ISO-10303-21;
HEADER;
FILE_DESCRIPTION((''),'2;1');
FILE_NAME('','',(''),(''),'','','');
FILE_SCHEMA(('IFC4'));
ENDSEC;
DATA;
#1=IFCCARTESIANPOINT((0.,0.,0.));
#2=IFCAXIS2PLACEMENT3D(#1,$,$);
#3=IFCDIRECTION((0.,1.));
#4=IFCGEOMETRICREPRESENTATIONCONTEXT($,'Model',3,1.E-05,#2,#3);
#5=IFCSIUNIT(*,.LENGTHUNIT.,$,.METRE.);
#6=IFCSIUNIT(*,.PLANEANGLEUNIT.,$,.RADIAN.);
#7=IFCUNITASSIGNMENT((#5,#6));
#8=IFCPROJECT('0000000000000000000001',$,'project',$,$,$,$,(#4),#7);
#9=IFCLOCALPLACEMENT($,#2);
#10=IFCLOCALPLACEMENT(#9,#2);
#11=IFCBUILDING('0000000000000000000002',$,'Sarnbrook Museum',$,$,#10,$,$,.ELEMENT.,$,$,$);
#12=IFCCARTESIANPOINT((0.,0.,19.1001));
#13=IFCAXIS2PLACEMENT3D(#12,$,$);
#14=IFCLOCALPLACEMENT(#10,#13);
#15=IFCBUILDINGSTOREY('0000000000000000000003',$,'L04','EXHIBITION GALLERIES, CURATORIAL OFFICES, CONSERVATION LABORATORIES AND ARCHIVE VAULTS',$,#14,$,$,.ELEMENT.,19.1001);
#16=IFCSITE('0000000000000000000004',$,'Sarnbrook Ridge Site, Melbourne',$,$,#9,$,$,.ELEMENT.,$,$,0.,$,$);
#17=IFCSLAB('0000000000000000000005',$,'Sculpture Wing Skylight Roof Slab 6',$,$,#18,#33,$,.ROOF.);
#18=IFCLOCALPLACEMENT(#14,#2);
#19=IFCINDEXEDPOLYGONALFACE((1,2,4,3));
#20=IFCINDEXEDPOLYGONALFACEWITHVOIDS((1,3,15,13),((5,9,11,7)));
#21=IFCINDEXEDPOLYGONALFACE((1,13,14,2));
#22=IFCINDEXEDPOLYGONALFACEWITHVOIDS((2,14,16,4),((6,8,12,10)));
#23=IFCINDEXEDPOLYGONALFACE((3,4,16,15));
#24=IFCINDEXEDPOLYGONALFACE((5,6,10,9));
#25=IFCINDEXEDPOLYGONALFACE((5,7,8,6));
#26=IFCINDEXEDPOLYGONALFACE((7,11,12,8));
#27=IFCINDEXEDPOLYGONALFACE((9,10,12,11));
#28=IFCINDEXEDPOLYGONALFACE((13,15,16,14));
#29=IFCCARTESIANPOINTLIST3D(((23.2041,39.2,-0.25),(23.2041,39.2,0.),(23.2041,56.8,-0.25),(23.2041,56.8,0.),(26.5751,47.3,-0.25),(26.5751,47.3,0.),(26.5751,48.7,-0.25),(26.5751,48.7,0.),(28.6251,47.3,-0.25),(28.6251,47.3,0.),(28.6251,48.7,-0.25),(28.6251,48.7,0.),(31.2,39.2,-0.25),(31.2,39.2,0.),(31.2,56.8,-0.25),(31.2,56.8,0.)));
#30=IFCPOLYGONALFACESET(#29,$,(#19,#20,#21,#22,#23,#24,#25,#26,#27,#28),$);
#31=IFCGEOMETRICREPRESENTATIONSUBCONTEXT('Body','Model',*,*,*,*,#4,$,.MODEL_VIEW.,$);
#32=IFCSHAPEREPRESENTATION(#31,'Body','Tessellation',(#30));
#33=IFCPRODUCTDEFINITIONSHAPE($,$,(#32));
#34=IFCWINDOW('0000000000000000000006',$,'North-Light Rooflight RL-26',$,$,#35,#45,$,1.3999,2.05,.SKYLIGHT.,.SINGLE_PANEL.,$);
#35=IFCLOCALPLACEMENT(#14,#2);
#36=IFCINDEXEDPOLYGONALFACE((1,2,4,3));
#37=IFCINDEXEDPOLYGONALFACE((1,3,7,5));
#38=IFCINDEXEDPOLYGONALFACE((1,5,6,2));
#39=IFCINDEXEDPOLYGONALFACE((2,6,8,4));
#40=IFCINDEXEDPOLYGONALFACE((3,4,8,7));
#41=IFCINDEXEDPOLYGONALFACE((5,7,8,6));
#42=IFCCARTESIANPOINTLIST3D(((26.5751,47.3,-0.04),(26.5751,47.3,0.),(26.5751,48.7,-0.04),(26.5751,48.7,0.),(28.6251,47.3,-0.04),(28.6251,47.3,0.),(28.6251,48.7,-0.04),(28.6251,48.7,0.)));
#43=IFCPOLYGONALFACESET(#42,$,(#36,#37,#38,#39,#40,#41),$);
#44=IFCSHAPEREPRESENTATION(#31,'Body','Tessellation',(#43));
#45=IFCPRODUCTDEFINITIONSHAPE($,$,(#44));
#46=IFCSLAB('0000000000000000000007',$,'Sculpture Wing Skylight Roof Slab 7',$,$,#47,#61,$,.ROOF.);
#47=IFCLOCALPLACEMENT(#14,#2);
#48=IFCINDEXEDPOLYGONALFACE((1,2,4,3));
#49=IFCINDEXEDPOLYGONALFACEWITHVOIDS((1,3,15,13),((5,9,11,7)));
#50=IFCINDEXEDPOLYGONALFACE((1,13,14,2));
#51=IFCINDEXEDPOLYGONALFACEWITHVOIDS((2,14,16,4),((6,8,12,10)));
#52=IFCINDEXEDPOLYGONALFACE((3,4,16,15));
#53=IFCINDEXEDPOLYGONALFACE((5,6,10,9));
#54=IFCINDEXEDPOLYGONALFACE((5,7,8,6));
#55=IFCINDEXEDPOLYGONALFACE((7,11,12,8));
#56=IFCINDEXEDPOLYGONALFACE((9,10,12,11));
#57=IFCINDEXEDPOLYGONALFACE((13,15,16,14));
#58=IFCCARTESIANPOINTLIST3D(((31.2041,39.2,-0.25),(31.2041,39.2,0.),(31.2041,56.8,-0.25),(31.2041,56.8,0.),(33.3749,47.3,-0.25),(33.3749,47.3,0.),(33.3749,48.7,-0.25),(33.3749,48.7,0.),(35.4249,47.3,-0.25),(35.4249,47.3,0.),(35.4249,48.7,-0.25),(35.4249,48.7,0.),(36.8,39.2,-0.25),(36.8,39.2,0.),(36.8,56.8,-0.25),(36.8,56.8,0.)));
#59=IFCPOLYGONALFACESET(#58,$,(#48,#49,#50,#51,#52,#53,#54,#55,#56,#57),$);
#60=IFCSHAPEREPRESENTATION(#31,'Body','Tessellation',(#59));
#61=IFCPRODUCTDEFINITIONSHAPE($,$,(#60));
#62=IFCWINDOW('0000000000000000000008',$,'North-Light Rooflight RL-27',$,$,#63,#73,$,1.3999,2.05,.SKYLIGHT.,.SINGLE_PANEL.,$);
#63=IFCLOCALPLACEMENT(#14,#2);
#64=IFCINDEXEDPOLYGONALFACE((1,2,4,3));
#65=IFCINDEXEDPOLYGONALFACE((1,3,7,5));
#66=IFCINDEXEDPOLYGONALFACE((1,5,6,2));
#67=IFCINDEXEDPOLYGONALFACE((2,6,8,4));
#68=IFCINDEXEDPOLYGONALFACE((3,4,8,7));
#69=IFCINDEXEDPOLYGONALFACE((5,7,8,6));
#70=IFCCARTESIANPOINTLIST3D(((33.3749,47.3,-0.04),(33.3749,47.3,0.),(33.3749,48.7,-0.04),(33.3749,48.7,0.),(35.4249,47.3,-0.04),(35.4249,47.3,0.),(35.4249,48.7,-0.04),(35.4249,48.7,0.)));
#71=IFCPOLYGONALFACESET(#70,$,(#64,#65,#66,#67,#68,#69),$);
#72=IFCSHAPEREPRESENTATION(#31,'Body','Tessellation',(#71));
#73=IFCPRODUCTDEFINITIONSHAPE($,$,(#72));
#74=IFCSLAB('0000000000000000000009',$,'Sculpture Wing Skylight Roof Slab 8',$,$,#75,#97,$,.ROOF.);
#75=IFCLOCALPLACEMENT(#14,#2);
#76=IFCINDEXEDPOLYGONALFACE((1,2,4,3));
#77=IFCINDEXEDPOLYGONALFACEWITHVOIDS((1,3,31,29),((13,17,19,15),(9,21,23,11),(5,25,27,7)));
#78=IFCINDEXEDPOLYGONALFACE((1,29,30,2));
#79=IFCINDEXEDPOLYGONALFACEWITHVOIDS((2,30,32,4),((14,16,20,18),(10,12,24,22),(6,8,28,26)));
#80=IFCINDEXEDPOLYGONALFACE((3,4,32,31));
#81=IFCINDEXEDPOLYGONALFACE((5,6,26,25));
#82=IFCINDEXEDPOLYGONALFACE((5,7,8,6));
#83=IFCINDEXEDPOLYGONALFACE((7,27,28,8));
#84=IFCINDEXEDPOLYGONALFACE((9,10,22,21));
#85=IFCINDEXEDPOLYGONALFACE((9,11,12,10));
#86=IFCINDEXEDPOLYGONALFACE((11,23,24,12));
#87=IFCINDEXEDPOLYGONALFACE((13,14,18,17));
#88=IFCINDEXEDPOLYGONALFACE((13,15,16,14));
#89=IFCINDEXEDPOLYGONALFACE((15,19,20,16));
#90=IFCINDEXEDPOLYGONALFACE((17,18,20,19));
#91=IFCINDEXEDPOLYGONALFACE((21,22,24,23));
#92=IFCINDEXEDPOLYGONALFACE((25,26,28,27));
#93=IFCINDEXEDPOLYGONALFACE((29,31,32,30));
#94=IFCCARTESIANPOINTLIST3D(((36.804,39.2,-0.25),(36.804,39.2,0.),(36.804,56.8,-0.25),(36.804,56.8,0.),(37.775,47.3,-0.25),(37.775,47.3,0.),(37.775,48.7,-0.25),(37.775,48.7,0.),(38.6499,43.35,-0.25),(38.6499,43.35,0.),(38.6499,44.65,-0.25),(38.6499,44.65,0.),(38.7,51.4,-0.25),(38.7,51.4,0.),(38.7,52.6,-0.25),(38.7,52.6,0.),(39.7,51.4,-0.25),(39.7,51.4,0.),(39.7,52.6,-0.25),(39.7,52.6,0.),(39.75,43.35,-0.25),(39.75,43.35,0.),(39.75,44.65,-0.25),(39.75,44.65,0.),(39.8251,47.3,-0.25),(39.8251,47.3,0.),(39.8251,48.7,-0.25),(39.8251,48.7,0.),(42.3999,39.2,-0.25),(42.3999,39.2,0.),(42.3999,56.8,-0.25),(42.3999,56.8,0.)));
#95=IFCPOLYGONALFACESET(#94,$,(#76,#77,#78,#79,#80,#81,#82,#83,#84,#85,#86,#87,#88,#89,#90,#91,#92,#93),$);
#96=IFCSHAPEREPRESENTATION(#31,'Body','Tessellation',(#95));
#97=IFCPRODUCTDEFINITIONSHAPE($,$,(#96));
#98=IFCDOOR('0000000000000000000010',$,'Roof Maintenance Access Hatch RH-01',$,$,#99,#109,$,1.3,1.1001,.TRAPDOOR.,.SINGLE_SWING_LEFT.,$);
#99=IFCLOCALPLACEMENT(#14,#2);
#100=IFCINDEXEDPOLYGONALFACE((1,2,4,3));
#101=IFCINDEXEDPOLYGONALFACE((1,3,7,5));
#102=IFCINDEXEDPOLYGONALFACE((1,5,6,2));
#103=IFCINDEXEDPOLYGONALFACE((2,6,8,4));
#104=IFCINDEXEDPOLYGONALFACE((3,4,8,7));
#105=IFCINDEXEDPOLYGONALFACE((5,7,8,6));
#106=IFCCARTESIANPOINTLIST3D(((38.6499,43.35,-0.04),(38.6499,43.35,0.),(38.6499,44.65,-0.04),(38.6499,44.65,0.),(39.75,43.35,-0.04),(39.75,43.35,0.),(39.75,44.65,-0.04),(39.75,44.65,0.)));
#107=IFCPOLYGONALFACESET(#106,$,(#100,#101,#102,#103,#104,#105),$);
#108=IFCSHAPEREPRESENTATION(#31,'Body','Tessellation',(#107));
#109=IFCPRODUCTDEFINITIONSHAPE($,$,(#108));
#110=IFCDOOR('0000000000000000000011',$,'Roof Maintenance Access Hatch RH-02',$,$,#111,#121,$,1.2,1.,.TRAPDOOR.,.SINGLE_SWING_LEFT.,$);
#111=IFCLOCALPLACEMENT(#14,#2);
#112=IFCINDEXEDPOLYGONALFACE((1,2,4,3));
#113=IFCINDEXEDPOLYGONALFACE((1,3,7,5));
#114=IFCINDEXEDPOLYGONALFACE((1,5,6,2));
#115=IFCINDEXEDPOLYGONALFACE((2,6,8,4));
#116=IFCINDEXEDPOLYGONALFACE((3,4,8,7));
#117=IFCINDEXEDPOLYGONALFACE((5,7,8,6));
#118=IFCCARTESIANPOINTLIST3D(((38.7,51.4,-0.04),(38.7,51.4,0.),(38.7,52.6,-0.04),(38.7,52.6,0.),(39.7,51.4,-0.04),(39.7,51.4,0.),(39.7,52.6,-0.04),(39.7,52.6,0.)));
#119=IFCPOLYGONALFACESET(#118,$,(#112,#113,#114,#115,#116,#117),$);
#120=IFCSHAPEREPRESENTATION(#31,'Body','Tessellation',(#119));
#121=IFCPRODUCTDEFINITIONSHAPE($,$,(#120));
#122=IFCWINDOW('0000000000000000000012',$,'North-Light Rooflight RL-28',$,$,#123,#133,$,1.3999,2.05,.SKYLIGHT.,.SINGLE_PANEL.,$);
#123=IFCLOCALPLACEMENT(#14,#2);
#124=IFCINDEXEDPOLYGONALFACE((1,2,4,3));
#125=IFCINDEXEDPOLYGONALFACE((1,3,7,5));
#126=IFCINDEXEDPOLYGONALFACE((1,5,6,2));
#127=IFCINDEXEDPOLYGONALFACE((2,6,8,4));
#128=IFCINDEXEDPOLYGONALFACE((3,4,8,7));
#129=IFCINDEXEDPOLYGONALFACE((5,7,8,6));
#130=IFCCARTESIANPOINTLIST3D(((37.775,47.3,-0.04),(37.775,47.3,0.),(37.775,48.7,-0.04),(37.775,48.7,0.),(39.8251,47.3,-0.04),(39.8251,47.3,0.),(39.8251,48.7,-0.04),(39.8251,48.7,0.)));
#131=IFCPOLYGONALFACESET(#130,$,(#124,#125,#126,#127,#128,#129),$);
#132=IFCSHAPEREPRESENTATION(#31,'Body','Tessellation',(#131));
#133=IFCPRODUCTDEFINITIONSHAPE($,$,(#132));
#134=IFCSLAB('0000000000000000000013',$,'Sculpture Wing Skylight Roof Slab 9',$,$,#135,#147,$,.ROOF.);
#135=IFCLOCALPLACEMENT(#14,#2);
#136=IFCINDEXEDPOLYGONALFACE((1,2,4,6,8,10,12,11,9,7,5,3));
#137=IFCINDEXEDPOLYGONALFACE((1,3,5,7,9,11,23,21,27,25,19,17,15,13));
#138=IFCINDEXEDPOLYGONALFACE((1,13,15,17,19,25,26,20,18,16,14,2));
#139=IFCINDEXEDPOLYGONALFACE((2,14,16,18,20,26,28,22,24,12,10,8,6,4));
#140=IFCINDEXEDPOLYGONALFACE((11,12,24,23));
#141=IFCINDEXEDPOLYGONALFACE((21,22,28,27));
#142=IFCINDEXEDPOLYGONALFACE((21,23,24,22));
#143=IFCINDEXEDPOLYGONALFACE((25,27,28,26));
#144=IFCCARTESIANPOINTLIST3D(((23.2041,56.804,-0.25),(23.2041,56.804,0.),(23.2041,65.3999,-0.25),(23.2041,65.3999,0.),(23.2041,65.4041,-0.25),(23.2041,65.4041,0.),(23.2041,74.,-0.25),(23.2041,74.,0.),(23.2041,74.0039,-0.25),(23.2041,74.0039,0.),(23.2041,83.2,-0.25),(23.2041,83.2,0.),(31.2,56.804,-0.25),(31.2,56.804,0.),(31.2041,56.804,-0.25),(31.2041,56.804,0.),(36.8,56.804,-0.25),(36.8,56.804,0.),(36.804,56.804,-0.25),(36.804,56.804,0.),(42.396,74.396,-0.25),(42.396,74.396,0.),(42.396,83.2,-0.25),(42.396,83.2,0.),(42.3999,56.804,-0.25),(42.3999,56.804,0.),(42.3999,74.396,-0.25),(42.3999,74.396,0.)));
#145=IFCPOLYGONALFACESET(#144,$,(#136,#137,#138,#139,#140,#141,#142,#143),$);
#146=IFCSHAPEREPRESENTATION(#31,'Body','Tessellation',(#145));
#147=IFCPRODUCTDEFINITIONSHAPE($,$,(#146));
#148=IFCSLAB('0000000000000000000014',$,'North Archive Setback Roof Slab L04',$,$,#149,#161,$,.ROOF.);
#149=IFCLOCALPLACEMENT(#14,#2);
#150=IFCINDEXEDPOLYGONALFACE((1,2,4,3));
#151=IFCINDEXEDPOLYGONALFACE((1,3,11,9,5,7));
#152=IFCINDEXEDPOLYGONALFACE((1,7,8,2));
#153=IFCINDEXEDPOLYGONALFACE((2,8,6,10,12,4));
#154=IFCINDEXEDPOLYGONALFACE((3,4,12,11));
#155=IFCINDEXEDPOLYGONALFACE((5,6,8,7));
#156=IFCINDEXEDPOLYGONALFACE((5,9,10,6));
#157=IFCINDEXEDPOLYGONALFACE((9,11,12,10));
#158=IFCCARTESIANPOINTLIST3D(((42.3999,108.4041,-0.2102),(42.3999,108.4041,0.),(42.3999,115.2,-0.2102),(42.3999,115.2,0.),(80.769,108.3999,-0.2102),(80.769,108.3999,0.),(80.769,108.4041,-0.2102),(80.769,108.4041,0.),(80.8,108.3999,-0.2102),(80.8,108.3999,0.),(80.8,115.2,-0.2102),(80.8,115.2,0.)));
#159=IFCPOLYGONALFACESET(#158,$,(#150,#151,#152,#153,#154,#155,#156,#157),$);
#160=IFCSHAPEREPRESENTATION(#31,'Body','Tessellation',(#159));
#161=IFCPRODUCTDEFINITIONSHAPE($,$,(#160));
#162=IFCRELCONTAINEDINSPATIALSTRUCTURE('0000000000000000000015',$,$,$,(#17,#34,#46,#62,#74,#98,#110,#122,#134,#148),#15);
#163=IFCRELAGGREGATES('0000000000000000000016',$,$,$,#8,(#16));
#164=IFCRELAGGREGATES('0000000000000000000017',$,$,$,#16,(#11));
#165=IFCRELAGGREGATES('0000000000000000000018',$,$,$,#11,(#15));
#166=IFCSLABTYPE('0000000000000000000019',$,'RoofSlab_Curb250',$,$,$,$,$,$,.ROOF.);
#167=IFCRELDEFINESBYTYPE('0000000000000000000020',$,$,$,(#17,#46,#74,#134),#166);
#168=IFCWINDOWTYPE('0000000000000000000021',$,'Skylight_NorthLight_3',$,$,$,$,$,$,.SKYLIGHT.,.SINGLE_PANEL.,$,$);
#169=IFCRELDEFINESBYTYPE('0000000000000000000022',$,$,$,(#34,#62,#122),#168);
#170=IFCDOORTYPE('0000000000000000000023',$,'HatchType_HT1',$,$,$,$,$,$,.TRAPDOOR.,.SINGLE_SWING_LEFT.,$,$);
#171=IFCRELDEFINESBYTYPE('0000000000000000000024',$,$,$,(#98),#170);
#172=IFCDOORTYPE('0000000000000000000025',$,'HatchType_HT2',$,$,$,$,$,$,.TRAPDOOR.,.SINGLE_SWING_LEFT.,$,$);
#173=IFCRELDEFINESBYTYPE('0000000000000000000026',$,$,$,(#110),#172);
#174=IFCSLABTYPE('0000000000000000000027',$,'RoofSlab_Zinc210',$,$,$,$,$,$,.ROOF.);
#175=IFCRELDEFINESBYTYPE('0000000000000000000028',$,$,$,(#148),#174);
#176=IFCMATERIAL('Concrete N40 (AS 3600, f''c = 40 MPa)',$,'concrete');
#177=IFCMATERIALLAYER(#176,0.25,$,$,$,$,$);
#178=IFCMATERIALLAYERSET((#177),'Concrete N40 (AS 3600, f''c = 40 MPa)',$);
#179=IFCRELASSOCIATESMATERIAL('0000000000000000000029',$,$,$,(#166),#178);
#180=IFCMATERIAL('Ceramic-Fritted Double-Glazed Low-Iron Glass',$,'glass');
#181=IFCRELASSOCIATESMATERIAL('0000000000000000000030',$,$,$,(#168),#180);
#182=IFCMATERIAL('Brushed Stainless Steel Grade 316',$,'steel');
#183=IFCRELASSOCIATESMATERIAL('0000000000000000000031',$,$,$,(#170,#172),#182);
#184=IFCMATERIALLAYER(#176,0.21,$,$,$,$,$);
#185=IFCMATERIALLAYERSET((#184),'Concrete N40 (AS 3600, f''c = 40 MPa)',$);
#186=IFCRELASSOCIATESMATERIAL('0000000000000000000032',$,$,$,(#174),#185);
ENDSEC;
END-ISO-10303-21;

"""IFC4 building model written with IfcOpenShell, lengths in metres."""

from ifc_helpers import new_model, si_unit, direction, frame, origin, origin_2d, place, context, subcontext, project, spatial, polyline, rectangle, outline, extrude, material, layer, layer_set, type_object, element, fill, save


model = new_model("IFC4")

# Units and contexts
model_context = context("Model", 3, precision=1e-05, world=origin(), true_north=direction((0.0, 1.0)))
body_context = subcontext(model_context, "Body", "Model", "MODEL_VIEW")
ifc_project = project(units=[si_unit("LENGTHUNIT", "METRE"), si_unit("PLANEANGLEUNIT", "RADIAN")], contexts=[model_context])

# Site, building, storey
site_placement = place(None, origin())
site = spatial("IfcSite", under=ifc_project, at=site_placement, Name="Sarnbrook Ridge Site, Melbourne", CompositionType="ELEMENT", RefElevation=0.0)
building_placement = place(site_placement, origin())
building = spatial("IfcBuilding", under=site, at=building_placement, Name="Sarnbrook Museum", CompositionType="ELEMENT")
storey_placement = place(building_placement, frame((0.0, 0.0, 19.1001)))
storey = spatial("IfcBuildingStorey", under=building, at=storey_placement, Name="L04", Description="EXHIBITION GALLERIES, CURATORIAL OFFICES, CONSERVATION LABORATORIES AND ARCHIVE VAULTS", CompositionType="ELEMENT", Elevation=19.1001)

# Shared definitions
ifc_material_1 = material(Name="Concrete N40 (AS 3600, f'c = 40 MPa)", Category="concrete")

# Slabs, openings, windows
ifc_layer_1 = layer(ifc_material_1, 0.25)
ifc_layer_set_1 = layer_set([ifc_layer_1], Name="Concrete N40 (AS 3600, f'c = 40 MPa)")
slab_type_1 = type_object("IfcSlabType", Name="RoofSlab_Curb250", PredefinedType="ROOF", material=ifc_layer_set_1)
ifc_material_2 = material(Name="Ceramic-Fritted Double-Glazed Low-Iron Glass", Category="glass")
window_type = type_object("IfcWindowType", Name="Skylight_NorthLight_3", PartitioningType="SINGLE_PANEL", PredefinedType="SKYLIGHT", material=ifc_material_2)
slab_1_placement = place(storey_placement, frame((0.0, 0.0, -0.25)))
slab_1 = element("IfcSlab", 1, at=slab_1_placement, inside=storey, type_object=slab_type_1, Name="Sculpture Wing Skylight Roof Slab 6", PredefinedType="ROOF", context=body_context, shape_type="SweptSolid", body=[
    extrude(outline(polyline([(31.2, 56.8), (31.2, 39.2), (23.2041, 39.2), (23.2041, 48.0), (23.2041, 48.0039), (23.2041, 56.7959), (23.2041, 56.8), (31.2, 56.8)])), origin(), (0.0, 0.0, 1.0), 0.25),
])
opening_1_placement = place(slab_1_placement, frame((27.6001, 48.0, -0.01)))
opening_1 = element("IfcOpeningElement", 2, at=opening_1_placement, cuts=slab_1, PredefinedType="OPENING", context=body_context, shape_type="SweptSolid", body=[
    extrude(rectangle(XDim=2.05, YDim=1.3999, at=origin_2d()), origin(), (0.0, 0.0, 1.0), 0.27),
])
window_1_placement = place(opening_1_placement, frame((0.0, 0.0, 0.22)))
window_1 = element("IfcWindow", 3, at=window_1_placement, inside=storey, type_object=window_type, Name="North-Light Rooflight RL-26", OverallHeight=1.3999, OverallWidth=2.05, PartitioningType="SINGLE_PANEL", PredefinedType="SKYLIGHT", context=body_context, shape_type="SweptSolid", body=[
    extrude(rectangle(XDim=2.05, YDim=1.3999, at=origin_2d()), origin(), (0.0, 0.0, 1.0), 0.04),
])
fill(opening_1, window_1)
slab_2_placement = place(storey_placement, frame((0.0, 0.0, -0.25)))
slab_2 = element("IfcSlab", 4, at=slab_2_placement, inside=storey, type_object=slab_type_1, Name="Sculpture Wing Skylight Roof Slab 7", PredefinedType="ROOF", context=body_context, shape_type="SweptSolid", body=[
    extrude(outline(polyline([(36.8, 56.8), (36.8, 39.2), (31.2041, 39.2), (31.2041, 56.8), (36.8, 56.8)])), origin(), (0.0, 0.0, 1.0), 0.25),
])
opening_2_placement = place(slab_2_placement, frame((34.3999, 48.0, -0.01)))
opening_2 = element("IfcOpeningElement", 5, at=opening_2_placement, cuts=slab_2, PredefinedType="OPENING", context=body_context, shape_type="SweptSolid", body=[
    extrude(rectangle(XDim=2.05, YDim=1.3999, at=origin_2d()), origin(), (0.0, 0.0, 1.0), 0.27),
])
window_2_placement = place(opening_2_placement, frame((0.0, 0.0, 0.22)))
window_2 = element("IfcWindow", 6, at=window_2_placement, inside=storey, type_object=window_type, Name="North-Light Rooflight RL-27", OverallHeight=1.3999, OverallWidth=2.05, PartitioningType="SINGLE_PANEL", PredefinedType="SKYLIGHT", context=body_context, shape_type="SweptSolid", body=[
    extrude(rectangle(XDim=2.05, YDim=1.3999, at=origin_2d()), origin(), (0.0, 0.0, 1.0), 0.04),
])
fill(opening_2, window_2)

# Slab, openings, doors, window
slab_3_placement = place(storey_placement, frame((0.0, 0.0, -0.25)))
slab_3 = element("IfcSlab", 7, at=slab_3_placement, inside=storey, type_object=slab_type_1, Name="Sculpture Wing Skylight Roof Slab 8", PredefinedType="ROOF", context=body_context, shape_type="SweptSolid", body=[
    extrude(outline(polyline([(42.3999, 56.8), (42.3999, 39.2), (36.804, 39.2), (36.804, 56.8), (42.3999, 56.8)])), origin(), (0.0, 0.0, 1.0), 0.25),
])
opening_3_placement = place(slab_3_placement, frame((38.8, 48.0, -0.01)))
opening_3 = element("IfcOpeningElement", 8, at=opening_3_placement, cuts=slab_3, PredefinedType="OPENING", context=body_context, shape_type="SweptSolid", body=[
    extrude(rectangle(XDim=2.05, YDim=1.3999, at=origin_2d()), origin(), (0.0, 0.0, 1.0), 0.27),
])
opening_4_placement = place(slab_3_placement, frame((39.2, 44.0, -0.01)))
opening_4 = element("IfcOpeningElement", 9, at=opening_4_placement, cuts=slab_3, PredefinedType="OPENING", context=body_context, shape_type="SweptSolid", body=[
    extrude(rectangle(XDim=1.1001, YDim=1.3, at=origin_2d()), origin(), (0.0, 0.0, 1.0), 0.27),
])
opening_5_placement = place(slab_3_placement, frame((39.2, 52.0, -0.01)))
opening_5 = element("IfcOpeningElement", 10, at=opening_5_placement, cuts=slab_3, PredefinedType="OPENING", context=body_context, shape_type="SweptSolid", body=[
    extrude(rectangle(XDim=1.0, YDim=1.2, at=origin_2d()), origin(), (0.0, 0.0, 1.0), 0.27),
])
ifc_material_3 = material(Name="Brushed Stainless Steel Grade 316", Category="steel")
door_type_1 = type_object("IfcDoorType", Name="HatchType_HT1", OperationType="SINGLE_SWING_LEFT", PredefinedType="TRAPDOOR", material=ifc_material_3)
door_1_placement = place(opening_4_placement, frame((0.0, 0.0, 0.22)))
door_1 = element("IfcDoor", 11, at=door_1_placement, inside=storey, type_object=door_type_1, Name="Roof Maintenance Access Hatch RH-01", OperationType="SINGLE_SWING_LEFT", OverallHeight=1.3, OverallWidth=1.1001, PredefinedType="TRAPDOOR", context=body_context, shape_type="SweptSolid", body=[
    extrude(rectangle(XDim=1.1001, YDim=1.3, at=origin_2d()), origin(), (0.0, 0.0, 1.0), 0.04),
])
fill(opening_4, door_1)
door_type_2 = type_object("IfcDoorType", Name="HatchType_HT2", OperationType="SINGLE_SWING_LEFT", PredefinedType="TRAPDOOR", material=ifc_material_3)
door_2_placement = place(opening_5_placement, frame((0.0, 0.0, 0.22)))
door_2 = element("IfcDoor", 12, at=door_2_placement, inside=storey, type_object=door_type_2, Name="Roof Maintenance Access Hatch RH-02", OperationType="SINGLE_SWING_LEFT", OverallHeight=1.2, OverallWidth=1.0, PredefinedType="TRAPDOOR", context=body_context, shape_type="SweptSolid", body=[
    extrude(rectangle(XDim=1.0, YDim=1.2, at=origin_2d()), origin(), (0.0, 0.0, 1.0), 0.04),
])
fill(opening_5, door_2)
window_3_placement = place(opening_3_placement, frame((0.0, 0.0, 0.22)))
window_3 = element("IfcWindow", 13, at=window_3_placement, inside=storey, type_object=window_type, Name="North-Light Rooflight RL-28", OverallHeight=1.3999, OverallWidth=2.05, PartitioningType="SINGLE_PANEL", PredefinedType="SKYLIGHT", context=body_context, shape_type="SweptSolid", body=[
    extrude(rectangle(XDim=2.05, YDim=1.3999, at=origin_2d()), origin(), (0.0, 0.0, 1.0), 0.04),
])
fill(opening_3, window_3)

# Slabs
slab_4_placement = place(storey_placement, frame((0.0, 0.0, -0.25)))
element("IfcSlab", 14, at=slab_4_placement, inside=storey, type_object=slab_type_1, Name="Sculpture Wing Skylight Roof Slab 9", PredefinedType="ROOF", context=body_context, shape_type="SweptSolid", body=[
    extrude(outline(polyline([(42.3999, 56.804), (36.804, 56.804), (36.8, 56.804), (31.2041, 56.804), (31.2, 56.804), (23.2041, 56.804), (23.2041, 65.3999), (23.2041, 65.4041), (23.2041, 74.0), (23.2041, 74.0039), (23.2041, 83.2), (42.396, 83.2), (42.396, 74.396), (42.3999, 74.396), (42.3999, 56.804)])), origin(), (0.0, 0.0, 1.0), 0.25),
])
ifc_layer_2 = layer(ifc_material_1, 0.21)
ifc_layer_set_2 = layer_set([ifc_layer_2], Name="Concrete N40 (AS 3600, f'c = 40 MPa)")
slab_type_2 = type_object("IfcSlabType", Name="RoofSlab_Zinc210", PredefinedType="ROOF", material=ifc_layer_set_2)
slab_5_placement = place(storey_placement, frame((0.0, 0.0, -0.2102)))
element("IfcSlab", 15, at=slab_5_placement, inside=storey, type_object=slab_type_2, Name="North Archive Setback Roof Slab L04", PredefinedType="ROOF", context=body_context, shape_type="SweptSolid", body=[
    extrude(outline(polyline([(42.3999, 115.2), (80.8, 115.2), (80.8, 108.3999), (80.769, 108.3999), (80.769, 108.4041), (42.3999, 108.4041), (42.3999, 115.2)])), origin(), (0.0, 0.0, 1.0), 0.2102),
])

save(model, "model.ifc")
